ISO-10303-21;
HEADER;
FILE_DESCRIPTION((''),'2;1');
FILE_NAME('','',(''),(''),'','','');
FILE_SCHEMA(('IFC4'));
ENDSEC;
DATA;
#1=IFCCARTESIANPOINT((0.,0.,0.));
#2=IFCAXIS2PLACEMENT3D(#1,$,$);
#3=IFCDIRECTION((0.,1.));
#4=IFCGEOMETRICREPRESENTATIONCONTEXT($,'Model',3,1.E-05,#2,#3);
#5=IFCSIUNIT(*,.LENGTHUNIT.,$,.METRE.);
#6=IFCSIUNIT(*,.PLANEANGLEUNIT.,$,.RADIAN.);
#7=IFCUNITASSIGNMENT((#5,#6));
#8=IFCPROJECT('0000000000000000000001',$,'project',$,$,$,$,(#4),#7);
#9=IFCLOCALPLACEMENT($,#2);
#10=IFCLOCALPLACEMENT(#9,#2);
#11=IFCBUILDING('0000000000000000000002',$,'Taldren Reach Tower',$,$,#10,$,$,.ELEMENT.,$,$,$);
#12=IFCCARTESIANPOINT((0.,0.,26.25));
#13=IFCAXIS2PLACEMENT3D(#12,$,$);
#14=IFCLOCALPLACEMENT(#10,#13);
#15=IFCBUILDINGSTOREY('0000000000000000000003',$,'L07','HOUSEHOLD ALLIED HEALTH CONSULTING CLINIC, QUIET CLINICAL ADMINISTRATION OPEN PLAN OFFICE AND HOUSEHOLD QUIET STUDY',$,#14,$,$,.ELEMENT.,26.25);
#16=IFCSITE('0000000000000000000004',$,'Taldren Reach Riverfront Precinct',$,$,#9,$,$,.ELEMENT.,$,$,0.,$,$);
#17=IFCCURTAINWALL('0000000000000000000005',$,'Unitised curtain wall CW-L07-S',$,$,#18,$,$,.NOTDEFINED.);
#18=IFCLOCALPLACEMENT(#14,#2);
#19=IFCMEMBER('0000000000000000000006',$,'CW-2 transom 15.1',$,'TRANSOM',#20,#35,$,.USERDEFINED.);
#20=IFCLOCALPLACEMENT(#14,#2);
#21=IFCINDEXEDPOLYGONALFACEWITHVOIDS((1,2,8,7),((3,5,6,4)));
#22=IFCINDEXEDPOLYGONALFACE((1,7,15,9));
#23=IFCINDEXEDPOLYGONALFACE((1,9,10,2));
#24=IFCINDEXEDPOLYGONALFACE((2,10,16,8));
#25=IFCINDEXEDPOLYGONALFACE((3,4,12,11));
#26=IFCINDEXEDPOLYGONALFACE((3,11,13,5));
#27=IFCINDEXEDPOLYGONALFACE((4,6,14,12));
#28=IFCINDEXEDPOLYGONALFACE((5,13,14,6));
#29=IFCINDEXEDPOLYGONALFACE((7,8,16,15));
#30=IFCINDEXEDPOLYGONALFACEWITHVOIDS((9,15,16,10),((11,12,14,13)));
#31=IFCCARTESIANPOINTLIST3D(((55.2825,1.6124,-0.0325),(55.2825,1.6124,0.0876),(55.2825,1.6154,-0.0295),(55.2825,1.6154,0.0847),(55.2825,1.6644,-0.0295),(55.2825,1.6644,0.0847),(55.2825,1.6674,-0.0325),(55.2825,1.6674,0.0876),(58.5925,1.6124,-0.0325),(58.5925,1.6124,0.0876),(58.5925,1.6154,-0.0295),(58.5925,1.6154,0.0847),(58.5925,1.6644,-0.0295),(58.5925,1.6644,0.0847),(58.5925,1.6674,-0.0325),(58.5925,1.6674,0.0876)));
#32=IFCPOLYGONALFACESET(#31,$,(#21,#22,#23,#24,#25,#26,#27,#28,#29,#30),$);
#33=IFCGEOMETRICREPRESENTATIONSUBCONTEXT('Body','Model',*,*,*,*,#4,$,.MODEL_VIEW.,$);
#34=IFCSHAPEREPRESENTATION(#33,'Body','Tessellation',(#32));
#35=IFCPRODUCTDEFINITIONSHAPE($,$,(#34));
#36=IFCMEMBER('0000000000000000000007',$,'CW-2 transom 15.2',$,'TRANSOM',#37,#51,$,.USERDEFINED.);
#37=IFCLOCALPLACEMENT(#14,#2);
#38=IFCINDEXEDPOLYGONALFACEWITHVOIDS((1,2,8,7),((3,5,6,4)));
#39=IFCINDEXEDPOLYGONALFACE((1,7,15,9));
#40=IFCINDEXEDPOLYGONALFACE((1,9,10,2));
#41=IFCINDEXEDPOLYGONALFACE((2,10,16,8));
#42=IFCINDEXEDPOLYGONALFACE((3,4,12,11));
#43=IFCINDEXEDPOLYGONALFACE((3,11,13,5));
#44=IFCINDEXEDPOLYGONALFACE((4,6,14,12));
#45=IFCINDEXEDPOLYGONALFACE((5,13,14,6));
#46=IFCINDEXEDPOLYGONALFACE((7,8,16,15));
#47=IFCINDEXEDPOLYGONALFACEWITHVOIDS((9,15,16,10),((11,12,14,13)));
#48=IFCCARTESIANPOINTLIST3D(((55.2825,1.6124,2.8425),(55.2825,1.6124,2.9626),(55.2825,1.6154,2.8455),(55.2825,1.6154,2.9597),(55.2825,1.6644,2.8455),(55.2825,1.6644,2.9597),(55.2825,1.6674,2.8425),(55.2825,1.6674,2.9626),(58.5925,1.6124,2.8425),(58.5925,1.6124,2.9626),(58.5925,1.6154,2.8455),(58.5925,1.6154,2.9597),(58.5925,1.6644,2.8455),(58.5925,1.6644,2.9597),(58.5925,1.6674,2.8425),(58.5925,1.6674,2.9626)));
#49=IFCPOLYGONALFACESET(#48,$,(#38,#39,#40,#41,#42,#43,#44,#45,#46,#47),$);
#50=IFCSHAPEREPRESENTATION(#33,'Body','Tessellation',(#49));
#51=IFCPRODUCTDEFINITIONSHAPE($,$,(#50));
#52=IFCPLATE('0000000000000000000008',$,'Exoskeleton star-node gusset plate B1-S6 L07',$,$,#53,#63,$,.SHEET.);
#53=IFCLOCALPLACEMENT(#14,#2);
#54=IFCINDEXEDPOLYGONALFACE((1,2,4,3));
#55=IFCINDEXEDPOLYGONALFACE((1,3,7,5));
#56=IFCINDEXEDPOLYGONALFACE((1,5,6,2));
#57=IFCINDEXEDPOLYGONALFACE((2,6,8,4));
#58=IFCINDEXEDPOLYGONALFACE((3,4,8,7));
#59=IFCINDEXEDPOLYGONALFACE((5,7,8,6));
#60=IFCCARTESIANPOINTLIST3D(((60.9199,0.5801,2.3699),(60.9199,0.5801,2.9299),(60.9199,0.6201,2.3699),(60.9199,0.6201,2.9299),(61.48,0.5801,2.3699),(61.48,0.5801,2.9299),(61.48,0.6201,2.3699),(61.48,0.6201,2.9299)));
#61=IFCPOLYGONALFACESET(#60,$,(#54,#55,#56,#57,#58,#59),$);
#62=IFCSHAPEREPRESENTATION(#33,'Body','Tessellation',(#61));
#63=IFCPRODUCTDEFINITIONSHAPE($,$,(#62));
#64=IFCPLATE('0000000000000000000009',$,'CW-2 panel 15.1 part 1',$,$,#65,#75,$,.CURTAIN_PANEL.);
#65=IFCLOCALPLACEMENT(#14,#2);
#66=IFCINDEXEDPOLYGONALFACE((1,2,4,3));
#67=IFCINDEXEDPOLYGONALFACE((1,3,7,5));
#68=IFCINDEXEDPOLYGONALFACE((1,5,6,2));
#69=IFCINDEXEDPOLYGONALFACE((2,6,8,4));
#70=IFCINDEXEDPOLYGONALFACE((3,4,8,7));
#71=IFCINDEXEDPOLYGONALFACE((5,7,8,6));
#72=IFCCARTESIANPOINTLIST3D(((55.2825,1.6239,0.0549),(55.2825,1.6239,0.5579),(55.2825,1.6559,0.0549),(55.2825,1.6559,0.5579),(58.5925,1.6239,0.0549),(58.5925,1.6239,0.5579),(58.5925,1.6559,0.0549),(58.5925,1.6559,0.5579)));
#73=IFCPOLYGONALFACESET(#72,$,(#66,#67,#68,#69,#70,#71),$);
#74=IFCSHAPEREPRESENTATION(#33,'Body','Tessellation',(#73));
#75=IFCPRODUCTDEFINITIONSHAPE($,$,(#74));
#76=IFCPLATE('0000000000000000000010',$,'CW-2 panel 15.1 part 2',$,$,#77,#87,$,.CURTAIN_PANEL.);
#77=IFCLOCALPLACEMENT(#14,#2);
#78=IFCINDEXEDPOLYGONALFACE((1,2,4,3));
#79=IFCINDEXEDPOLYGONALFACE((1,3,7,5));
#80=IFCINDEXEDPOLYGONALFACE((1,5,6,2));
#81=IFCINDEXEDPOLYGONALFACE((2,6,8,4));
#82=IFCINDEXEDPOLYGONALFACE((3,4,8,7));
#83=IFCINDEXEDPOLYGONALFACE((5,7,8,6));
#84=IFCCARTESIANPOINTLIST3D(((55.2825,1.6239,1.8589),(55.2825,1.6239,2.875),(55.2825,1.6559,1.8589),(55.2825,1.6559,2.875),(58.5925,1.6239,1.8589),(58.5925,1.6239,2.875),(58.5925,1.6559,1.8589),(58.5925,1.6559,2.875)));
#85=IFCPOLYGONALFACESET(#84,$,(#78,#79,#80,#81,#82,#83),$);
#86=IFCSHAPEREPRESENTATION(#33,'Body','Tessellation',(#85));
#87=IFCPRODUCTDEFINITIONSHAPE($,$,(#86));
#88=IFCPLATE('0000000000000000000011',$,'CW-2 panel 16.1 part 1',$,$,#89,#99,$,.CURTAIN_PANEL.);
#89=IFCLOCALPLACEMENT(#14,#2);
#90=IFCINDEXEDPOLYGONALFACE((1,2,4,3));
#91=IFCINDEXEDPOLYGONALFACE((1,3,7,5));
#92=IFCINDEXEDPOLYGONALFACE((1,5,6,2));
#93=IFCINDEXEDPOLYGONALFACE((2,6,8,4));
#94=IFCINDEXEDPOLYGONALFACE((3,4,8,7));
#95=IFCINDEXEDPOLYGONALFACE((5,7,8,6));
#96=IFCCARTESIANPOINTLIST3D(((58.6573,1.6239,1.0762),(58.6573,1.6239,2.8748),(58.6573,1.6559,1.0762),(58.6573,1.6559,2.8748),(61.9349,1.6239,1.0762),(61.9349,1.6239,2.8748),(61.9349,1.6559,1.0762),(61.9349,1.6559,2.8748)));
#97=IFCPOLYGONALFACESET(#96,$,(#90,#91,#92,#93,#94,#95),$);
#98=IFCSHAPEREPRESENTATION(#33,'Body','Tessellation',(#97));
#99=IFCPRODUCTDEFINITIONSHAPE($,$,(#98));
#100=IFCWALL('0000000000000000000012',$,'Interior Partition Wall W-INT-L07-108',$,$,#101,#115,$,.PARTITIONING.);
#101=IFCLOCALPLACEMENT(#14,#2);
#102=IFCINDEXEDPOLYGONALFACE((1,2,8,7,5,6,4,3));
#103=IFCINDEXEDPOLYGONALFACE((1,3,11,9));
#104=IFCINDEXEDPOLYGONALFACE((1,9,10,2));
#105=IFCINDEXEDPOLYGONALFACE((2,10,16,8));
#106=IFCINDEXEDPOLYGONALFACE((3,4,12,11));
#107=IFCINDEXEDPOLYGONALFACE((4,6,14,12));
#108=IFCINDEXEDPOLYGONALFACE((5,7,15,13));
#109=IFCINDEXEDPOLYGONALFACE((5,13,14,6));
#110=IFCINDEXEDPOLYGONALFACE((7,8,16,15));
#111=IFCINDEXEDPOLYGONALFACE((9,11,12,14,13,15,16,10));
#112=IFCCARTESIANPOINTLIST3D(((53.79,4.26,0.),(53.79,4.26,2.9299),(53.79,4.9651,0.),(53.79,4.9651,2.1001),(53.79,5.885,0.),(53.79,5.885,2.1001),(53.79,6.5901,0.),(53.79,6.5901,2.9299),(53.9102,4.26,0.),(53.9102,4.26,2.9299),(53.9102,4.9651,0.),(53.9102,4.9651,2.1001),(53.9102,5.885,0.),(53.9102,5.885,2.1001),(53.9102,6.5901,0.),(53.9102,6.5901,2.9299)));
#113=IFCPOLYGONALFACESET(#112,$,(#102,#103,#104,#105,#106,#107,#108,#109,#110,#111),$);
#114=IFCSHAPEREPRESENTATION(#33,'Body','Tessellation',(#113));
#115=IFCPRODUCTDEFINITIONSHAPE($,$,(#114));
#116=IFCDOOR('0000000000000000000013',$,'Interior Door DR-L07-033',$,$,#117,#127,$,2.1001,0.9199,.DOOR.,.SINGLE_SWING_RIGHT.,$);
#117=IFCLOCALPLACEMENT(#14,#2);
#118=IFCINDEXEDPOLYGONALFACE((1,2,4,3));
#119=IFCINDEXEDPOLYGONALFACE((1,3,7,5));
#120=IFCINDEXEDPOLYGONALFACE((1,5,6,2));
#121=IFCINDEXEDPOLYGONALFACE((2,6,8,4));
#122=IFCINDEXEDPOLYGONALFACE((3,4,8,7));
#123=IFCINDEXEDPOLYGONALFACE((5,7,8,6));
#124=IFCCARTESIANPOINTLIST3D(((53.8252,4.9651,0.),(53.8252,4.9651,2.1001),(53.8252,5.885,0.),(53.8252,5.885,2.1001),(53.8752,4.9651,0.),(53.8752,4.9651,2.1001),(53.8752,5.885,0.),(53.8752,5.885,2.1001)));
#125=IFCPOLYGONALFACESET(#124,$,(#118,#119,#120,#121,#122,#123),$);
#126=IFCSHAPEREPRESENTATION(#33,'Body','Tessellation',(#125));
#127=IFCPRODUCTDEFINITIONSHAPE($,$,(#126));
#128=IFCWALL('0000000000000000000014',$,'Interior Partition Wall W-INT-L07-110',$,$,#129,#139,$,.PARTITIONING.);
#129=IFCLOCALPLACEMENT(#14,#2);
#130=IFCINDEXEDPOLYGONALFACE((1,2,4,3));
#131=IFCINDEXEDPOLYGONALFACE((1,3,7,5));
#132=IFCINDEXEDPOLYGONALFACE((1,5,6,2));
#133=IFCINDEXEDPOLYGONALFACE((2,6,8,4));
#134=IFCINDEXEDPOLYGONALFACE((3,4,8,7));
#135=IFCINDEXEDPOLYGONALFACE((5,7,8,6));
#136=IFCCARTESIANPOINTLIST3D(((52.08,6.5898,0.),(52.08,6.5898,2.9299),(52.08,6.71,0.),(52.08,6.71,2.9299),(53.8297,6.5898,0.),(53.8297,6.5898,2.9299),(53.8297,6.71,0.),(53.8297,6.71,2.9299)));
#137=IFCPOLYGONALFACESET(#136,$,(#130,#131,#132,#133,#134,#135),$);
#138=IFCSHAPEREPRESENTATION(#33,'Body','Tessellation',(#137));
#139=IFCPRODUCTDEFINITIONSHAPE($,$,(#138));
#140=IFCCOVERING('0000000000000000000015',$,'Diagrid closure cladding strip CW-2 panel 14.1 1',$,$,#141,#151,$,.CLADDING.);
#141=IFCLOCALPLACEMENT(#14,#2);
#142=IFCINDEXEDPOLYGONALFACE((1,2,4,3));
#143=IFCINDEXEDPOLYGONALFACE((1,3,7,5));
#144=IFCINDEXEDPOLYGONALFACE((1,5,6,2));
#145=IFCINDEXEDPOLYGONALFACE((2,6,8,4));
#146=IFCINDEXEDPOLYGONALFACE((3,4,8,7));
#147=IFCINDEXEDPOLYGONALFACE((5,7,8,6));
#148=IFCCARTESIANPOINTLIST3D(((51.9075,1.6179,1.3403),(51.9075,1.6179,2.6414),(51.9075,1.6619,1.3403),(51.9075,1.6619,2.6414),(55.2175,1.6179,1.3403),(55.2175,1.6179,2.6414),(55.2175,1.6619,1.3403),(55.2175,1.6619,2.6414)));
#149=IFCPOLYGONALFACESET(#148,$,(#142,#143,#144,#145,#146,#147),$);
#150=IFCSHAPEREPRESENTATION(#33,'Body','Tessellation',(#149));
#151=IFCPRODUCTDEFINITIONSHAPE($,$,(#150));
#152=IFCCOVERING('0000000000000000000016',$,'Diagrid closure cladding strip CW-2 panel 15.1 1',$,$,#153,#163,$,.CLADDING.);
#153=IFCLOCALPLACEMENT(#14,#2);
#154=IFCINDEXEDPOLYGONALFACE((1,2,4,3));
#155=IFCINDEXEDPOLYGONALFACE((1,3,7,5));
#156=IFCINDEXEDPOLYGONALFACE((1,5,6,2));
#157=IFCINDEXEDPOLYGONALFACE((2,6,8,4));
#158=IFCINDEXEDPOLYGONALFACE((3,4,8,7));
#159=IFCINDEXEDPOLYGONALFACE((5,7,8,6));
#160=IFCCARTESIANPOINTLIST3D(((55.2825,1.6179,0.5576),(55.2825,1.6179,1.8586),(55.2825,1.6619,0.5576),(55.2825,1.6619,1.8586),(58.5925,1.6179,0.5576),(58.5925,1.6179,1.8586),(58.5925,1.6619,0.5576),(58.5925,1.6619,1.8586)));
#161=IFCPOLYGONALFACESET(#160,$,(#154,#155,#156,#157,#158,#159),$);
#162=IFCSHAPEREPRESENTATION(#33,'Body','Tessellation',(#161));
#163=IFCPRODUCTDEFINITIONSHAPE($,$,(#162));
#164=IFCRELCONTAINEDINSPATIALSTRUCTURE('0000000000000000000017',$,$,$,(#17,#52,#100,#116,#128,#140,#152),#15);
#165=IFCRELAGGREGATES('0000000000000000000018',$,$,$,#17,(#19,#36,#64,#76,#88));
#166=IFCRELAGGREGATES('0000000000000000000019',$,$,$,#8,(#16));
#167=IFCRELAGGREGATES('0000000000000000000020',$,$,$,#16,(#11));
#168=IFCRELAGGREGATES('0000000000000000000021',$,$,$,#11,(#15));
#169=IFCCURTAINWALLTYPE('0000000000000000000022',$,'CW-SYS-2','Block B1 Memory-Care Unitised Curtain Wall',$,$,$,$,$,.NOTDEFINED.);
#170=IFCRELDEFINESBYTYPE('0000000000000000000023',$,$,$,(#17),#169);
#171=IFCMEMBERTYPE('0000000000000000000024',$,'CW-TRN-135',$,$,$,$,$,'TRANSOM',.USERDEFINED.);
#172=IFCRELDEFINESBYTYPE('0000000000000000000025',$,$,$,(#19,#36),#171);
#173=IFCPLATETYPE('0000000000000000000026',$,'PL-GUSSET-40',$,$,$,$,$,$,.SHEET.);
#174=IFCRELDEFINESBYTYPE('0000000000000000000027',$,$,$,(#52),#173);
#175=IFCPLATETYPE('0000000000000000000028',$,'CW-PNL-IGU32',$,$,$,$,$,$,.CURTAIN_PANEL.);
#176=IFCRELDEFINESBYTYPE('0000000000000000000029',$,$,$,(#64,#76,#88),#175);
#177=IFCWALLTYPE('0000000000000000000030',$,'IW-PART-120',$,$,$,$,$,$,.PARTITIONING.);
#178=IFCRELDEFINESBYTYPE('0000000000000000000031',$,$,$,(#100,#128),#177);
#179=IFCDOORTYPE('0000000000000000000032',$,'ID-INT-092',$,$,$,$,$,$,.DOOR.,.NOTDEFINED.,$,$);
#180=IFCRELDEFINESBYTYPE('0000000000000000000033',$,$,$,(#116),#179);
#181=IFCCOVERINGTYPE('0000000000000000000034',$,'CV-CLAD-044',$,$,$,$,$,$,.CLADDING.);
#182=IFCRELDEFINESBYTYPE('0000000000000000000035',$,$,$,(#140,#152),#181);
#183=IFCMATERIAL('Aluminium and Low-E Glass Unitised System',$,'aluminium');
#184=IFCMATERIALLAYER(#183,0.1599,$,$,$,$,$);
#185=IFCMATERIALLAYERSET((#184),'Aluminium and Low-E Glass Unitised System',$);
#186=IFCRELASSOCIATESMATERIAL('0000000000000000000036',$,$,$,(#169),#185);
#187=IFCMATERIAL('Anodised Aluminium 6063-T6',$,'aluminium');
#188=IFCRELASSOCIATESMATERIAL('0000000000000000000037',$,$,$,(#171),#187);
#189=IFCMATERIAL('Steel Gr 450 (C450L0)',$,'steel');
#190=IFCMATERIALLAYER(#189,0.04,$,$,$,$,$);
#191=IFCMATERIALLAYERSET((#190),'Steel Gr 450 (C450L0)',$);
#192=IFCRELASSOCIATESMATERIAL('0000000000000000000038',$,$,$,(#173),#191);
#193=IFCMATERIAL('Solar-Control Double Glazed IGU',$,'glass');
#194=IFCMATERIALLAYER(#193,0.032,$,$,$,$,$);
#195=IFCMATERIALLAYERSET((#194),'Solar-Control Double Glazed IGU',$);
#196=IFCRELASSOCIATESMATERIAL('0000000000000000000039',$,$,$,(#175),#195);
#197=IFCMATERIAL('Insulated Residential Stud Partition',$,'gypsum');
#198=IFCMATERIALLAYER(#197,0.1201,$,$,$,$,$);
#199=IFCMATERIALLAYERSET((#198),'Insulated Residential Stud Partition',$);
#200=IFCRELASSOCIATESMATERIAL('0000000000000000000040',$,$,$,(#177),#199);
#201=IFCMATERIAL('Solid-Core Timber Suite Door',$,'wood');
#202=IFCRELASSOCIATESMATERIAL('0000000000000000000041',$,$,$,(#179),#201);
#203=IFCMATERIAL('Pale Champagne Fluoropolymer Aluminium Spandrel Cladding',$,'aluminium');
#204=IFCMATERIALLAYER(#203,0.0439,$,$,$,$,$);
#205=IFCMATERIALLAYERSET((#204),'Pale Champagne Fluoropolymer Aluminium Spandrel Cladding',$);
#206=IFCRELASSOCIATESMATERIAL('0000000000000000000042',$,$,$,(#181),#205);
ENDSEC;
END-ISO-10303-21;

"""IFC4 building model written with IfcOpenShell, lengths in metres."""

from ifc_helpers import new_model, si_unit, direction, frame, frame_2d, origin, origin_2d, place, context, subcontext, project, spatial, rectangle, hollow_rectangle, extrude, source, transform, mapped, material, layer, layer_set, material_profile, profile_set, type_object, element, fill, aggregate, save


model = new_model("IFC4")

# Units and contexts
model_context = context("Model", 3, precision=1e-05, world=origin(), true_north=direction((0.0, 1.0)))
body_context = subcontext(model_context, "Body", "Model", "MODEL_VIEW")
ifc_project = project(units=[si_unit("LENGTHUNIT", "METRE"), si_unit("PLANEANGLEUNIT", "RADIAN")], contexts=[model_context])

# Site, building, storey
site_placement = place(None, origin())
site = spatial("IfcSite", under=ifc_project, at=site_placement, Name="Taldren Reach Riverfront Precinct", CompositionType="ELEMENT", RefElevation=0.0)
building_placement = place(site_placement, origin())
building = spatial("IfcBuilding", under=site, at=building_placement, Name="Taldren Reach Tower", CompositionType="ELEMENT")
storey_placement = place(building_placement, frame((0.0, 0.0, 26.25)))
storey = spatial("IfcBuildingStorey", under=building, at=storey_placement, Name="L07", Description="HOUSEHOLD ALLIED HEALTH CONSULTING CLINIC, QUIET CLINICAL ADMINISTRATION OPEN PLAN OFFICE AND HOUSEHOLD QUIET STUDY", CompositionType="ELEMENT", Elevation=26.25)

# Shared definitions
ifc_material_1 = material(Name="Steel Gr 450 (C450L0)", Category="steel")

# Curtain wall, members
ifc_material_2 = material(Name="Aluminium and Low-E Glass Unitised System", Category="aluminium")
ifc_layer_1 = layer(ifc_material_2, 0.1599)
ifc_layer_set_1 = layer_set([ifc_layer_1], Name="Aluminium and Low-E Glass Unitised System")
curtain_wall_type = type_object("IfcCurtainWallType", Name="CW-SYS-2", Description="Block B1 Memory-Care Unitised Curtain Wall", PredefinedType="NOTDEFINED", material=ifc_layer_set_1)
curtain_wall_placement = place(storey_placement, origin())
curtain_wall = element("IfcCurtainWall", 1, at=curtain_wall_placement, inside=storey, type_object=curtain_wall_type, Name="Unitised curtain wall CW-L07-S", PredefinedType="NOTDEFINED")
ifc_material_3 = material(Name="Anodised Aluminium 6063-T6", Category="aluminium")
ifc_material_profile_1 = material_profile(ifc_material_3, hollow_rectangle(XDim=0.0549, YDim=0.1201, WallThickness=0.0029, at=origin_2d()), Name="ALU-120x55x3RHS")
ifc_profile_set_1 = profile_set([ifc_material_profile_1], Name="Anodised Aluminium 6063-T6")
member_type_1 = type_object("IfcMemberType", Name="CW-TRN-135", ElementType="TRANSOM", PredefinedType="USERDEFINED", material=ifc_profile_set_1)
shared_shape_1 = source(origin(), body_context, "Body", "SweptSolid", [
    extrude(hollow_rectangle(XDim=0.0549, YDim=0.1201, WallThickness=0.0029, at=origin_2d()), origin(), (0.0, 0.0, 1.0), 3.3101),
])
member_1_placement = place(storey_placement, frame((55.2825, 1.6399, 0.0276), z_axis=(1.0, 0.0, 0.0), x_axis=(0.0, 1.0, 0.0)))
member_1 = element("IfcMember", 2, at=member_1_placement, type_object=member_type_1, Name="CW-2 transom 15.1", ObjectType="TRANSOM", PredefinedType="USERDEFINED", context=body_context, shape_type="MappedRepresentation", body=[
    mapped(shared_shape_1, transform((0.0, 0.0, 0.0), scale=1.0)),
])
member_2_placement = place(storey_placement, frame((55.2825, 1.6399, 2.9026), z_axis=(1.0, 0.0, 0.0), x_axis=(0.0, 1.0, 0.0)))
member_2 = element("IfcMember", 3, at=member_2_placement, type_object=member_type_1, Name="CW-2 transom 15.2", ObjectType="TRANSOM", PredefinedType="USERDEFINED", context=body_context, shape_type="MappedRepresentation", body=[
    mapped(shared_shape_1, transform((0.0, 0.0, 0.0), scale=1.0)),
])

# Plates
ifc_layer_2 = layer(ifc_material_1, 0.04)
ifc_layer_set_2 = layer_set([ifc_layer_2], Name="Steel Gr 450 (C450L0)")
plate_type_1 = type_object("IfcPlateType", Name="PL-GUSSET-40", PredefinedType="SHEET", material=ifc_layer_set_2)
shared_shape_2 = source(origin(), body_context, "Body", "SweptSolid", [
    extrude(rectangle(XDim=0.5601, YDim=0.04, at=origin_2d()), origin(), (0.0, 0.0, 1.0), 0.5601),
])
plate_1_placement = place(storey_placement, frame((61.2, 0.6001, 2.3699), z_axis=(0.0, 0.0, 1.0), x_axis=(1.0, 0.0, 0.0)))
element("IfcPlate", 4, at=plate_1_placement, inside=storey, type_object=plate_type_1, Name="Exoskeleton star-node gusset plate B1-S6 L07", PredefinedType="SHEET", context=body_context, shape_type="MappedRepresentation", body=[
    mapped(shared_shape_2, transform((0.0, 0.0, 0.0), scale=1.0)),
])
ifc_material_4 = material(Name="Solar-Control Double Glazed IGU", Category="glass")
ifc_layer_3 = layer(ifc_material_4, 0.032)
ifc_layer_set_3 = layer_set([ifc_layer_3], Name="Solar-Control Double Glazed IGU")
plate_type_2 = type_object("IfcPlateType", Name="CW-PNL-IGU32", PredefinedType="CURTAIN_PANEL", material=ifc_layer_set_3)
shared_shape_3 = source(origin(), body_context, "Body", "SweptSolid", [
    extrude(rectangle(XDim=3.3101, YDim=0.032, at=origin_2d()), origin(), (0.0, 0.0, 1.0), 0.5029),
])
plate_2_placement = place(storey_placement, frame((56.9375, 1.6399, 0.0549), z_axis=(0.0, 0.0, 1.0), x_axis=(1.0, 0.0, 0.0)))
plate_2 = element("IfcPlate", 5, at=plate_2_placement, type_object=plate_type_2, Name="CW-2 panel 15.1 part 1", PredefinedType="CURTAIN_PANEL", context=body_context, shape_type="MappedRepresentation", body=[
    mapped(shared_shape_3, transform((0.0, 0.0, 0.0), scale=1.0)),
])
shared_shape_4 = source(origin(), body_context, "Body", "SweptSolid", [
    extrude(rectangle(XDim=3.3101, YDim=0.032, at=origin_2d()), origin(), (0.0, 0.0, 1.0), 1.0161),
])
plate_3_placement = place(storey_placement, frame((56.9375, 1.6399, 1.8589), z_axis=(0.0, 0.0, 1.0), x_axis=(1.0, 0.0, 0.0)))
plate_3 = element("IfcPlate", 6, at=plate_3_placement, type_object=plate_type_2, Name="CW-2 panel 15.1 part 2", PredefinedType="CURTAIN_PANEL", context=body_context, shape_type="MappedRepresentation", body=[
    mapped(shared_shape_4, transform((0.0, 0.0, 0.0), scale=1.0)),
])
shared_shape_5 = source(origin(), body_context, "Body", "SweptSolid", [
    extrude(rectangle(XDim=3.2776, YDim=0.032, at=origin_2d()), origin(), (0.0, 0.0, 1.0), 1.7986),
])
plate_4_placement = place(storey_placement, frame((60.2961, 1.6399, 1.0762), z_axis=(0.0, 0.0, 1.0), x_axis=(1.0, 0.0, 0.0)))
plate_4 = element("IfcPlate", 7, at=plate_4_placement, type_object=plate_type_2, Name="CW-2 panel 16.1 part 1", PredefinedType="CURTAIN_PANEL", context=body_context, shape_type="MappedRepresentation", body=[
    mapped(shared_shape_5, transform((0.0, 0.0, 0.0), scale=1.0)),
])
aggregate(curtain_wall, [member_1, member_2, plate_2, plate_3, plate_4])

# Wall, opening, door
ifc_material_5 = material(Name="Insulated Residential Stud Partition", Category="gypsum")
ifc_layer_4 = layer(ifc_material_5, 0.1201)
ifc_layer_set_4 = layer_set([ifc_layer_4], Name="Insulated Residential Stud Partition")
wall_type = type_object("IfcWallType", Name="IW-PART-120", PredefinedType="PARTITIONING", material=ifc_layer_set_4)
shared_shape_6 = source(origin(), body_context, "Body", "SweptSolid", [
    extrude(rectangle(XDim=2.3301, YDim=0.1201, at=frame_2d((1.165, 0.0))), origin(), (0.0, 0.0, 1.0), 2.9299),
])
wall_1_placement = place(storey_placement, frame((53.8501, 4.26, 0.0), z_axis=(0.0, 0.0, 1.0), x_axis=(0.0, 1.0, 0.0)))
wall_1 = element("IfcWall", 8, at=wall_1_placement, inside=storey, type_object=wall_type, Name="Interior Partition Wall W-INT-L07-108", PredefinedType="PARTITIONING", context=body_context, shape_type="MappedRepresentation", body=[
    mapped(shared_shape_6, transform((0.0, 0.0, 0.0), scale=1.0)),
])
shared_shape_7 = source(origin(), body_context, "Body", "SweptSolid", [
    extrude(rectangle(XDim=0.9199, YDim=2.1001, at=frame_2d((0.46, 1.05))), frame((0.0, 0.0701, 0.0), z_axis=(0.0, -1.0, 0.0), x_axis=(1.0, 0.0, 0.0)), (0.0, 0.0, 1.0), 0.1401),
])
opening_placement = place(wall_1_placement, frame((0.7051, 0.0, 0.0)))
opening = element("IfcOpeningElement", 9, at=opening_placement, cuts=wall_1, PredefinedType="OPENING", context=body_context, shape_type="MappedRepresentation", body=[
    mapped(shared_shape_7, transform((0.0, 0.0, 0.0), scale=1.0)),
])
ifc_material_6 = material(Name="Solid-Core Timber Suite Door", Category="wood")
door_type = type_object("IfcDoorType", Name="ID-INT-092", OperationType="NOTDEFINED", PredefinedType="DOOR", material=ifc_material_6)
shared_shape_8 = source(origin(), body_context, "Body", "SweptSolid", [
    extrude(rectangle(XDim=0.9199, YDim=2.1001, at=frame_2d((0.46, 1.05))), frame((0.0, 0.0249, 0.0), z_axis=(0.0, -1.0, 0.0), x_axis=(1.0, 0.0, 0.0)), (0.0, 0.0, 1.0), 0.05),
])
door_placement = place(opening_placement, origin())
door = element("IfcDoor", 10, at=door_placement, inside=storey, type_object=door_type, Name="Interior Door DR-L07-033", OperationType="SINGLE_SWING_RIGHT", OverallHeight=2.1001, OverallWidth=0.9199, PredefinedType="DOOR", context=body_context, shape_type="MappedRepresentation", body=[
    mapped(shared_shape_8, transform((0.0, 0.0, 0.0), scale=1.0)),
])
fill(opening, door)

# Wall
shared_shape_9 = source(origin(), body_context, "Body", "SweptSolid", [
    extrude(rectangle(XDim=1.7498, YDim=0.1201, at=frame_2d((0.875, 0.0))), origin(), (0.0, 0.0, 1.0), 2.9299),
])
wall_2_placement = place(storey_placement, frame((53.8298, 6.6499, 0.0), z_axis=(0.0, 0.0, 1.0), x_axis=(-1.0, 0.0, 0.0)))
element("IfcWall", 11, at=wall_2_placement, inside=storey, type_object=wall_type, Name="Interior Partition Wall W-INT-L07-110", PredefinedType="PARTITIONING", context=body_context, shape_type="MappedRepresentation", body=[
    mapped(shared_shape_9, transform((0.0, 0.0, 0.0), scale=1.0)),
])

# Coverings
ifc_material_7 = material(Name="Pale Champagne Fluoropolymer Aluminium Spandrel Cladding", Category="aluminium")
ifc_layer_5 = layer(ifc_material_7, 0.0439)
ifc_layer_set_5 = layer_set([ifc_layer_5], Name="Pale Champagne Fluoropolymer Aluminium Spandrel Cladding")
covering_type = type_object("IfcCoveringType", Name="CV-CLAD-044", PredefinedType="CLADDING", material=ifc_layer_set_5)
shared_shape_10 = source(origin(), body_context, "Body", "SweptSolid", [
    extrude(rectangle(XDim=3.3101, YDim=0.0439, at=origin_2d()), origin(), (0.0, 0.0, 1.0), 1.301),
])
for number, where, z_axis, x_axis, name in (
    (12, (53.5625, 1.6399, 1.3403), (0.0, 0.0, 1.0), (1.0, 0.0, 0.0), "Diagrid closure cladding strip CW-2 panel 14.1 1"),
    (13, (56.9375, 1.6399, 0.5576), (0.0, 0.0, 1.0), (1.0, 0.0, 0.0), "Diagrid closure cladding strip CW-2 panel 15.1 1"),
):
    element("IfcCovering", number, at=place(storey_placement, frame(where, z_axis=z_axis, x_axis=x_axis)), inside=storey, type_object=covering_type, Name=name, PredefinedType="CLADDING", context=body_context, shape_type="MappedRepresentation", body=[
        mapped(shared_shape_10, transform((0.0, 0.0, 0.0), scale=1.0)),
    ])

save(model, "model.ifc")
